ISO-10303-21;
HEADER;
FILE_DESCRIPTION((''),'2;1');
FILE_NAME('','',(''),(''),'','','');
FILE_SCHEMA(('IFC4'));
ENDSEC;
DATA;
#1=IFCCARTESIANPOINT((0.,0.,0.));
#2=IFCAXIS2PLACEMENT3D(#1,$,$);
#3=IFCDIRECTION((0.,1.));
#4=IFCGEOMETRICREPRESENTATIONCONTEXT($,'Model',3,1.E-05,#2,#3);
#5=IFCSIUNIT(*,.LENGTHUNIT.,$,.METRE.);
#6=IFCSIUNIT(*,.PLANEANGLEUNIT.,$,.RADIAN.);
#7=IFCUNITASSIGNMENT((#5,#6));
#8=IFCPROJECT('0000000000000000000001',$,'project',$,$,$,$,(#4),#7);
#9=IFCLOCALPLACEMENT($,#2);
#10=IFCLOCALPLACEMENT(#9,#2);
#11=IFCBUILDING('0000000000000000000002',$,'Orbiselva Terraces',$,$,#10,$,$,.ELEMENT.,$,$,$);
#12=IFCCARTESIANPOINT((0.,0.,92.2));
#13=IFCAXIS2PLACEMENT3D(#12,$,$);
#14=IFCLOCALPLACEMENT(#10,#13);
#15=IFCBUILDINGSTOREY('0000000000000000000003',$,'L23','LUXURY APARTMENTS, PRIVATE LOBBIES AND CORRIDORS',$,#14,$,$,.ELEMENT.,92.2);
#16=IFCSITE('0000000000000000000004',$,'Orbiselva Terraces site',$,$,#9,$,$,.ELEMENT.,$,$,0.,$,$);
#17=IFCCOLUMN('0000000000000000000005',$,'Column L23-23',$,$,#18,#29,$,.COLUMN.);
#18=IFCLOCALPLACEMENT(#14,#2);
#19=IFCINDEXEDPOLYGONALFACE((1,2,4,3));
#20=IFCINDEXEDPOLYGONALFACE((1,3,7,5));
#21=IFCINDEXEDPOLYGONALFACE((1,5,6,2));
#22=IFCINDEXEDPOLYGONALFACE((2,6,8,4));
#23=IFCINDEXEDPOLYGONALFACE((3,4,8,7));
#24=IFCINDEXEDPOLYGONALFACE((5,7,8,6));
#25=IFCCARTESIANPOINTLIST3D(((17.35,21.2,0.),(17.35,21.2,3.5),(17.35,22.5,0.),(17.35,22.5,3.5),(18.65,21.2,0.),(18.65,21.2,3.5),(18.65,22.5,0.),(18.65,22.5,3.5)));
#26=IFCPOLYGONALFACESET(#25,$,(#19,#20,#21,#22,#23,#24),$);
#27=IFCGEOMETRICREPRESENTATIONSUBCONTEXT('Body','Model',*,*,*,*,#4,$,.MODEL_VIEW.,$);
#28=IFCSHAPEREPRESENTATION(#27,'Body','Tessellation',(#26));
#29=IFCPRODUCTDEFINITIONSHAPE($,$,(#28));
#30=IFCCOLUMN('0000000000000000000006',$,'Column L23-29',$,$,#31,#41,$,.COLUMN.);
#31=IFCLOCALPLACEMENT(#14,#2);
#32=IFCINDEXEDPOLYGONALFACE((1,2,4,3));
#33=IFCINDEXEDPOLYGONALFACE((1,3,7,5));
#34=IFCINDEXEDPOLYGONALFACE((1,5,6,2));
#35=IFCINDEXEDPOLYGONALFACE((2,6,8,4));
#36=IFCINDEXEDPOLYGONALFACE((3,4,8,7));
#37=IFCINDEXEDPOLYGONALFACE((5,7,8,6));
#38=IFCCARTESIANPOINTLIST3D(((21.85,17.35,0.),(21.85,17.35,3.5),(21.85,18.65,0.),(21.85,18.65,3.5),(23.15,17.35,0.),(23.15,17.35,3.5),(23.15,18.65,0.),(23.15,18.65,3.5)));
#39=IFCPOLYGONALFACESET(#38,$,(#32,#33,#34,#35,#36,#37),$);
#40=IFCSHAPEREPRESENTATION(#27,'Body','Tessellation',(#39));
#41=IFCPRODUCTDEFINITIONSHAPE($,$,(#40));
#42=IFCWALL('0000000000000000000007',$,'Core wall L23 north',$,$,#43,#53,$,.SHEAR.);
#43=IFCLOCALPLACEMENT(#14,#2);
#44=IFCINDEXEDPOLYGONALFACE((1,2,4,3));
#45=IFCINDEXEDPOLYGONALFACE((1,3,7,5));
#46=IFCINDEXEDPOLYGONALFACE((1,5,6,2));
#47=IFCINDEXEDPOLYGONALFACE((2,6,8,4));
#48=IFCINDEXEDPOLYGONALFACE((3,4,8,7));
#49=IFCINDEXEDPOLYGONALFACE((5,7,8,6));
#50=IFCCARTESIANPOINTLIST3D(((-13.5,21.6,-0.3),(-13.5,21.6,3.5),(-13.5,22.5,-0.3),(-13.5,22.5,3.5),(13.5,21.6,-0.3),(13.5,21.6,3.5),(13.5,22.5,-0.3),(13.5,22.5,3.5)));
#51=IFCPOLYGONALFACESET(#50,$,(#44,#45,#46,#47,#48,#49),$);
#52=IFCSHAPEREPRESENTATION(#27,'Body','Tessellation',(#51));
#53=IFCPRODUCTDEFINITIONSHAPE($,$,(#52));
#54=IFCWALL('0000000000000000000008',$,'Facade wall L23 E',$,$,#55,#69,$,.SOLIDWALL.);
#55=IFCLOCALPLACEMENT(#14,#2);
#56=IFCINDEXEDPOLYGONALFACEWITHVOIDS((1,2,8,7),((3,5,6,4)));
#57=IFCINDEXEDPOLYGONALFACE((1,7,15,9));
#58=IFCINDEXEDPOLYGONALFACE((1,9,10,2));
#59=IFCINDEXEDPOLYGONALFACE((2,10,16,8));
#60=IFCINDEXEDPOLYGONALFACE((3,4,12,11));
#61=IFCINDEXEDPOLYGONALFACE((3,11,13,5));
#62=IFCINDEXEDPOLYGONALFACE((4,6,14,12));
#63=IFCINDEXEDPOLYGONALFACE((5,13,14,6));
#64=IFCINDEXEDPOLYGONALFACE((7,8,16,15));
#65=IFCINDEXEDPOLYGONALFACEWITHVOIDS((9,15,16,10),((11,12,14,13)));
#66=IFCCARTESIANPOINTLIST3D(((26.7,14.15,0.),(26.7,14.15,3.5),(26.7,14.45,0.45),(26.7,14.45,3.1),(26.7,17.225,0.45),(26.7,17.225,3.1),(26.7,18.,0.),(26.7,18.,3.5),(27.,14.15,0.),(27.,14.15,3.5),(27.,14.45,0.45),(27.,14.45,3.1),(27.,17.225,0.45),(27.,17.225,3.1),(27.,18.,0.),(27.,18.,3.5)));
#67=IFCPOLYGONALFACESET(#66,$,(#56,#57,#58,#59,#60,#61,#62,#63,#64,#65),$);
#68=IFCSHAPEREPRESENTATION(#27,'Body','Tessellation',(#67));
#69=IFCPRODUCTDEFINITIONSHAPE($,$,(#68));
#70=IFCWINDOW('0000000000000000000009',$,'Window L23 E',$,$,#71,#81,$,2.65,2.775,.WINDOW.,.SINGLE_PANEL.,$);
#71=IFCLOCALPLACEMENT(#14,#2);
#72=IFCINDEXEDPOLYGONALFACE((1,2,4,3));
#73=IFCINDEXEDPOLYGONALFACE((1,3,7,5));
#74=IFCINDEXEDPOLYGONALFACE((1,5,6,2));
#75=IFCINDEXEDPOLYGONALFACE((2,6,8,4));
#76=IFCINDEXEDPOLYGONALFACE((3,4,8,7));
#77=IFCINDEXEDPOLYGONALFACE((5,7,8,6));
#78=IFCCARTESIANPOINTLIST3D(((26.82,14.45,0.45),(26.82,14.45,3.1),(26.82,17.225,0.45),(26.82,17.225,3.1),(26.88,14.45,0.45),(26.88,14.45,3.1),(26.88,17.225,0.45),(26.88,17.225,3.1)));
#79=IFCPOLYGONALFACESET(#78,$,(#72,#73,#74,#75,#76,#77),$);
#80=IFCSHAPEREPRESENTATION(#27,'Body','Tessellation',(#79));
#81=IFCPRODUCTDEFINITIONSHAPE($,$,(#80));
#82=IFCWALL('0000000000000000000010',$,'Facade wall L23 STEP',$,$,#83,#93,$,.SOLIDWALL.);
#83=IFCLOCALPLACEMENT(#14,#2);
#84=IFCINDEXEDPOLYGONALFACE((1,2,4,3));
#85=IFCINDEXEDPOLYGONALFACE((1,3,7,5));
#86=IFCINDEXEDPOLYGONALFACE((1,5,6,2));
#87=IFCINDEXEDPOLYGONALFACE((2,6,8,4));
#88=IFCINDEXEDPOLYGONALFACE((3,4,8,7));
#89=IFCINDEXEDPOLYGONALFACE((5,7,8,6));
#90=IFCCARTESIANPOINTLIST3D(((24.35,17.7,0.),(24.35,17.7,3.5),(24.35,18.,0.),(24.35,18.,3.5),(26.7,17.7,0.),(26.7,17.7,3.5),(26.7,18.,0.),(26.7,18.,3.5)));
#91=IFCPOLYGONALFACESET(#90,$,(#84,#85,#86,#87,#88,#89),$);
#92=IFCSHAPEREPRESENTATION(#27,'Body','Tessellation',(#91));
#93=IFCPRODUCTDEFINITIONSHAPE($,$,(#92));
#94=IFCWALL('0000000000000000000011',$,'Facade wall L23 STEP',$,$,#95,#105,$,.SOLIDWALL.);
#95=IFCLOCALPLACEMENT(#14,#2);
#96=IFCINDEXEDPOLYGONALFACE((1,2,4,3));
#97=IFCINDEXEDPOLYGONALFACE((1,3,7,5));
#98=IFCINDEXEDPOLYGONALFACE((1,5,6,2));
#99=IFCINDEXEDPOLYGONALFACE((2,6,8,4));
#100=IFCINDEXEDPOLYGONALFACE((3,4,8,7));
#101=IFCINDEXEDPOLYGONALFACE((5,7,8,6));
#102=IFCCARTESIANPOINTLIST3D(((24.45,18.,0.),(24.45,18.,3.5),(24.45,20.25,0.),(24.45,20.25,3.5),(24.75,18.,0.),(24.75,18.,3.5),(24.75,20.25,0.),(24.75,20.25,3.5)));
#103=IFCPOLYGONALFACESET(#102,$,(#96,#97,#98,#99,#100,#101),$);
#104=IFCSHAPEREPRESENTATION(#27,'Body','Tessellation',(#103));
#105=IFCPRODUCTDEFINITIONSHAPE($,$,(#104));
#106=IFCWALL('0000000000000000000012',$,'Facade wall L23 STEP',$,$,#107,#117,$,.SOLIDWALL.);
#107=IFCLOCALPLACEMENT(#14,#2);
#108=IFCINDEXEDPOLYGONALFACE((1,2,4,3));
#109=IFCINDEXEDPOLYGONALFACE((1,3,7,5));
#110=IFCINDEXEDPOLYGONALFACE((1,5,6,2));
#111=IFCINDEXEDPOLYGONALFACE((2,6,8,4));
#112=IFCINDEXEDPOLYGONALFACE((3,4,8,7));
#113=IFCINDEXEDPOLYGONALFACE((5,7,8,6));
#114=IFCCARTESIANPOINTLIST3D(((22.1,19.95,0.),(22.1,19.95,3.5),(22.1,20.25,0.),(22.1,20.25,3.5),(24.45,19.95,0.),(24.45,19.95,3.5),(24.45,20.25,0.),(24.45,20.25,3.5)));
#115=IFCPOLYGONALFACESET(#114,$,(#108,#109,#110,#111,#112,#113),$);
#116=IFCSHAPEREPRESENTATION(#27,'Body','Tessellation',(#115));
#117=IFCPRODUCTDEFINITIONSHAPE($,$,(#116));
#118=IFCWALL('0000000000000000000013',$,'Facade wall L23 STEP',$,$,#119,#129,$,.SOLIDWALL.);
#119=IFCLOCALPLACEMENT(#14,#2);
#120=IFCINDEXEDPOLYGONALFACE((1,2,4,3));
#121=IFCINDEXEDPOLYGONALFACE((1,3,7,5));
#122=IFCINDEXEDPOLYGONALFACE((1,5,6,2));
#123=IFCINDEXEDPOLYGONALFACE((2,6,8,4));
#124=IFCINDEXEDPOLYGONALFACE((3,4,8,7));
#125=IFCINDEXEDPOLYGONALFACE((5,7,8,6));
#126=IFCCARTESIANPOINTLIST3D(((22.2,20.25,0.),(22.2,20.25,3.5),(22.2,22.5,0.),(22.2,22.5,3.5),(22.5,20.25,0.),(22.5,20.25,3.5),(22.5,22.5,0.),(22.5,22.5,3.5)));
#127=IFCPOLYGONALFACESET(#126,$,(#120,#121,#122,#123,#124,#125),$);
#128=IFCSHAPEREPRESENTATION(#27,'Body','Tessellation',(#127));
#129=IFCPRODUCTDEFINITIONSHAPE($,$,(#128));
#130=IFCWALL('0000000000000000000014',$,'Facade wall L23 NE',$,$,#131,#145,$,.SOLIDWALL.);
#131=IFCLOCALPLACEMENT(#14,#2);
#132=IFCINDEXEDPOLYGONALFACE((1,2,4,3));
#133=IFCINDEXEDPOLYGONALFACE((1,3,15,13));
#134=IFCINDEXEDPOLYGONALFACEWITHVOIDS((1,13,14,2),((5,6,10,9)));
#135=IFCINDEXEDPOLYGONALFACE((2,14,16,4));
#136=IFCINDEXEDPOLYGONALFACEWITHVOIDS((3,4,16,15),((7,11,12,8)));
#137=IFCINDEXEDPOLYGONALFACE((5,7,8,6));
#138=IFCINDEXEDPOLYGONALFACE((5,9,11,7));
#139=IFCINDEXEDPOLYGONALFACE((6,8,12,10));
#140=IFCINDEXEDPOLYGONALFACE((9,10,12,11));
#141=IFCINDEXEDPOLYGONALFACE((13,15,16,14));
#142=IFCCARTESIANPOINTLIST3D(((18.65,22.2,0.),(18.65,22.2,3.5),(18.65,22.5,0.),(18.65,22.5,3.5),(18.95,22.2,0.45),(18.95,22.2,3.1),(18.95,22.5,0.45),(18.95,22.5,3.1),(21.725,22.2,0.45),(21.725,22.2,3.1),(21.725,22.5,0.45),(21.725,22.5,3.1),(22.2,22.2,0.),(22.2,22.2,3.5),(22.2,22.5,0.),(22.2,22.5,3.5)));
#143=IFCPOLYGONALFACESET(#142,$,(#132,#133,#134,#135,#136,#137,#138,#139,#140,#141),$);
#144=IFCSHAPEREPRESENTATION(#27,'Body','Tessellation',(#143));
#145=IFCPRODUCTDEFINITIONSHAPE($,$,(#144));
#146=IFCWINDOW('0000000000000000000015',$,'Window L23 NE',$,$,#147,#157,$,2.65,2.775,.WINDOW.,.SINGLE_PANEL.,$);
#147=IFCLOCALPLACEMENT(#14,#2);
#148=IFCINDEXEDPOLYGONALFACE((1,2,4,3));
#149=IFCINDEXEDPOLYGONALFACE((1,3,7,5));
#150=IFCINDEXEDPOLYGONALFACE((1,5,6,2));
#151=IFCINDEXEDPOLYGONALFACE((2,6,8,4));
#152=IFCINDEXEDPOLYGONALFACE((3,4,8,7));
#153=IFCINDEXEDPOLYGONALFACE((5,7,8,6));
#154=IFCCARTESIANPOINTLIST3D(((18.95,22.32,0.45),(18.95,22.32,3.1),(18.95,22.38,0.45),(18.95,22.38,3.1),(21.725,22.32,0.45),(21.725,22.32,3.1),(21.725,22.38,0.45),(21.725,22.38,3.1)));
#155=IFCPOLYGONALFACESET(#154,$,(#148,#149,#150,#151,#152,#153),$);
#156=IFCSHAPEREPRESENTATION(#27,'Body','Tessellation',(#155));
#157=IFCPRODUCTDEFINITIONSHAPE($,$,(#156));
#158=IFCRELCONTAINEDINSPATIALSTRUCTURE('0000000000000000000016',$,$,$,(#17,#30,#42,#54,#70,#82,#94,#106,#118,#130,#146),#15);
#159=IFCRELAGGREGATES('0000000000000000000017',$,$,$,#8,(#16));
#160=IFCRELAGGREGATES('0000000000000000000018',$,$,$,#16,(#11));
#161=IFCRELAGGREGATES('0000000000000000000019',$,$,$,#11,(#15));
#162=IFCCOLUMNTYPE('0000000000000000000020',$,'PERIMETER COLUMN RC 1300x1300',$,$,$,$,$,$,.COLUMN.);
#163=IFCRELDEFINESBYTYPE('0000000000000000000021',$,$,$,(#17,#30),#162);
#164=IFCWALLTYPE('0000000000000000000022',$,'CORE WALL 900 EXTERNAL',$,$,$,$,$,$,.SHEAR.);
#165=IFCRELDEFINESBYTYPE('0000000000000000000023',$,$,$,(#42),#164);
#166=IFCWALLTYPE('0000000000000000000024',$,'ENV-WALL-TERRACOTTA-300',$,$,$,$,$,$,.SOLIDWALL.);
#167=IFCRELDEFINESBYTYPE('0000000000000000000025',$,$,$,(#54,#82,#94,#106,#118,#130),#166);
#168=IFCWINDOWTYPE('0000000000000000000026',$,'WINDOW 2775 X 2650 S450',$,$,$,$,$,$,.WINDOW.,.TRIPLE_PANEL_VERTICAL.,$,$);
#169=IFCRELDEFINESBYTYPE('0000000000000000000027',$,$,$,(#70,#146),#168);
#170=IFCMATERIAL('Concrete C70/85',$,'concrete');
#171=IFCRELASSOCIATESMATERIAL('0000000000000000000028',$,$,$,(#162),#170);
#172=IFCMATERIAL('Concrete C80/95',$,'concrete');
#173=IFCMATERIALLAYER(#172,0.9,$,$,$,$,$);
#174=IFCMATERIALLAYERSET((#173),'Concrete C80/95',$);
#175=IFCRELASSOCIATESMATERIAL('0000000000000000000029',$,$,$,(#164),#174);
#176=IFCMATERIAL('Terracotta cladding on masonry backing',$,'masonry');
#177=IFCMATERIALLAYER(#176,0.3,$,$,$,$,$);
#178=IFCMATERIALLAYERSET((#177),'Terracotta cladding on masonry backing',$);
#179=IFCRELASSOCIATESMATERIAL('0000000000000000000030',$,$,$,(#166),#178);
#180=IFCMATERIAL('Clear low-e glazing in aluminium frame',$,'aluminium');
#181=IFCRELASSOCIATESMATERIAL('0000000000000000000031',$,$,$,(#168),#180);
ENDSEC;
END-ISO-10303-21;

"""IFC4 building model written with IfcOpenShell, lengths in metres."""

from ifc_helpers import new_model, si_unit, direction, frame, frame_2d, origin, origin_2d, place, context, subcontext, project, spatial, rectangle, extrude, material, layer, layer_set, material_profile, profile_set, type_object, element, fill, save


model = new_model("IFC4")

# Units and contexts
model_context = context("Model", 3, precision=1e-05, world=origin(), true_north=direction((0.0, 1.0)))
body_context = subcontext(model_context, "Body", "Model", "MODEL_VIEW")
ifc_project = project(units=[si_unit("LENGTHUNIT", "METRE"), si_unit("PLANEANGLEUNIT", "RADIAN")], contexts=[model_context])

# Site, building, storey
site_placement = place(None, origin())
site = spatial("IfcSite", under=ifc_project, at=site_placement, Name="Orbiselva Terraces site", CompositionType="ELEMENT", RefElevation=0.0)
building_placement = place(site_placement, origin())
building = spatial("IfcBuilding", under=site, at=building_placement, Name="Orbiselva Terraces", CompositionType="ELEMENT")
storey_placement = place(building_placement, frame((0.0, 0.0, 92.2)))
storey = spatial("IfcBuildingStorey", under=building, at=storey_placement, Name="L23", Description="LUXURY APARTMENTS, PRIVATE LOBBIES AND CORRIDORS", CompositionType="ELEMENT", Elevation=92.2)

# Columns
ifc_material_1 = material(Name="Concrete C70/85", Category="concrete")
ifc_material_profile = material_profile(ifc_material_1, rectangle(XDim=1.3, YDim=1.3, at=origin_2d()), Name="RC 1300x1300")
ifc_profile_set = profile_set([ifc_material_profile], Name="Concrete C70/85")
column_type = type_object("IfcColumnType", Name="PERIMETER COLUMN RC 1300x1300", PredefinedType="COLUMN", material=ifc_profile_set)
for number, where, z_axis, x_axis, name in (
    (1, (18.0, 21.85, 0.0), (0.0, 0.0, 1.0), (1.0, 0.0, 0.0), "Column L23-23"),
    (2, (22.5, 18.0, 0.0), (0.0, 0.0, 1.0), (1.0, 0.0, 0.0), "Column L23-29"),
):
    element("IfcColumn", number, at=place(storey_placement, frame(where, z_axis=z_axis, x_axis=x_axis)), inside=storey, type_object=column_type, Name=name, PredefinedType="COLUMN", context=body_context, shape_type="SweptSolid", body=[
        extrude(rectangle(XDim=1.3, YDim=1.3, at=origin_2d()), origin(), (0.0, 0.0, 1.0), 3.5),
    ])

# Wall
ifc_material_2 = material(Name="Concrete C80/95", Category="concrete")
ifc_layer_1 = layer(ifc_material_2, 0.9)
ifc_layer_set_1 = layer_set([ifc_layer_1], Name="Concrete C80/95")
wall_type_1 = type_object("IfcWallType", Name="CORE WALL 900 EXTERNAL", PredefinedType="SHEAR", material=ifc_layer_set_1)
wall_1_placement = place(storey_placement, frame((13.5, 22.05, -0.3), z_axis=(0.0, 0.0, 1.0), x_axis=(-1.0, 0.0, 0.0)))
element("IfcWall", 3, at=wall_1_placement, inside=storey, type_object=wall_type_1, Name="Core wall L23 north", PredefinedType="SHEAR", context=body_context, shape_type="SweptSolid", body=[
    extrude(rectangle(XDim=27.0, YDim=0.9, at=frame_2d((13.5, 0.0))), origin(), (0.0, 0.0, 1.0), 3.8),
])

# Wall, opening, window
ifc_material_3 = material(Name="Terracotta cladding on masonry backing", Category="masonry")
ifc_layer_2 = layer(ifc_material_3, 0.3)
ifc_layer_set_2 = layer_set([ifc_layer_2], Name="Terracotta cladding on masonry backing")
wall_type_2 = type_object("IfcWallType", Name="ENV-WALL-TERRACOTTA-300", PredefinedType="SOLIDWALL", material=ifc_layer_set_2)
wall_2_placement = place(storey_placement, frame((26.85, 18.0, 0.0), z_axis=(0.0, 0.0, 1.0), x_axis=(0.0, -1.0, 0.0)))
wall_2 = element("IfcWall", 4, at=wall_2_placement, inside=storey, type_object=wall_type_2, Name="Facade wall L23 E", PredefinedType="SOLIDWALL", context=body_context, shape_type="SweptSolid", body=[
    extrude(rectangle(XDim=3.85, YDim=0.3, at=frame_2d((1.925, 0.0))), origin(), (0.0, 0.0, 1.0), 3.5),
])
opening_1_placement = place(wall_2_placement, frame((0.775, 0.0, 0.45)))
opening_1 = element("IfcOpeningElement", 5, at=opening_1_placement, cuts=wall_2, PredefinedType="OPENING", context=body_context, shape_type="SweptSolid", body=[
    extrude(rectangle(XDim=2.775, YDim=2.65, at=frame_2d((1.3875, 1.325))), frame((0.0, 0.16, 0.0), z_axis=(0.0, -1.0, 0.0), x_axis=(1.0, 0.0, 0.0)), (0.0, 0.0, 1.0), 0.32),
])
ifc_material_4 = material(Name="Clear low-e glazing in aluminium frame", Category="aluminium")
window_type = type_object("IfcWindowType", Name="WINDOW 2775 X 2650 S450", PartitioningType="TRIPLE_PANEL_VERTICAL", PredefinedType="WINDOW", material=ifc_material_4)
window_1_placement = place(opening_1_placement, origin())
window_1 = element("IfcWindow", 6, at=window_1_placement, inside=storey, type_object=window_type, Name="Window L23 E", OverallHeight=2.65, OverallWidth=2.775, PartitioningType="SINGLE_PANEL", PredefinedType="WINDOW", context=body_context, shape_type="SweptSolid", body=[
    extrude(rectangle(XDim=2.775, YDim=2.65, at=frame_2d((1.3875, 1.325))), frame((0.0, 0.03, 0.0), z_axis=(0.0, -1.0, 0.0), x_axis=(1.0, 0.0, 0.0)), (0.0, 0.0, 1.0), 0.06),
])
fill(opening_1, window_1)

# Walls
wall_3_placement = place(storey_placement, frame((24.35, 17.85, 0.0), z_axis=(0.0, 0.0, 1.0), x_axis=(1.0, 0.0, 0.0)))
element("IfcWall", 7, at=wall_3_placement, inside=storey, type_object=wall_type_2, Name="Facade wall L23 STEP", PredefinedType="SOLIDWALL", context=body_context, shape_type="SweptSolid", body=[
    extrude(rectangle(XDim=2.35, YDim=0.3, at=frame_2d((1.175, 0.0))), origin(), (0.0, 0.0, 1.0), 3.5),
])
wall_4_placement = place(storey_placement, frame((24.6, 20.25, 0.0), z_axis=(0.0, 0.0, 1.0), x_axis=(0.0, -1.0, 0.0)))
element("IfcWall", 8, at=wall_4_placement, inside=storey, type_object=wall_type_2, Name="Facade wall L23 STEP", PredefinedType="SOLIDWALL", context=body_context, shape_type="SweptSolid", body=[
    extrude(rectangle(XDim=2.25, YDim=0.3, at=frame_2d((1.125, 0.0))), origin(), (0.0, 0.0, 1.0), 3.5),
])
wall_5_placement = place(storey_placement, frame((22.1, 20.1, 0.0), z_axis=(0.0, 0.0, 1.0), x_axis=(1.0, 0.0, 0.0)))
element("IfcWall", 9, at=wall_5_placement, inside=storey, type_object=wall_type_2, Name="Facade wall L23 STEP", PredefinedType="SOLIDWALL", context=body_context, shape_type="SweptSolid", body=[
    extrude(rectangle(XDim=2.35, YDim=0.3, at=frame_2d((1.175, 0.0))), origin(), (0.0, 0.0, 1.0), 3.5),
])
wall_6_placement = place(storey_placement, frame((22.35, 22.5, 0.0), z_axis=(0.0, 0.0, 1.0), x_axis=(0.0, -1.0, 0.0)))
element("IfcWall", 10, at=wall_6_placement, inside=storey, type_object=wall_type_2, Name="Facade wall L23 STEP", PredefinedType="SOLIDWALL", context=body_context, shape_type="SweptSolid", body=[
    extrude(rectangle(XDim=2.25, YDim=0.3, at=frame_2d((1.125, 0.0))), origin(), (0.0, 0.0, 1.0), 3.5),
])

# Wall, opening, window
wall_7_placement = place(storey_placement, frame((18.65, 22.35, 0.0), z_axis=(0.0, 0.0, 1.0), x_axis=(1.0, 0.0, 0.0)))
wall_7 = element("IfcWall", 11, at=wall_7_placement, inside=storey, type_object=wall_type_2, Name="Facade wall L23 NE", PredefinedType="SOLIDWALL", context=body_context, shape_type="SweptSolid", body=[
    extrude(rectangle(XDim=3.55, YDim=0.3, at=frame_2d((1.775, 0.0))), origin(), (0.0, 0.0, 1.0), 3.5),
])
opening_2_placement = place(wall_7_placement, frame((0.3, 0.0, 0.45)))
opening_2 = element("IfcOpeningElement", 12, at=opening_2_placement, cuts=wall_7, PredefinedType="OPENING", context=body_context, shape_type="SweptSolid", body=[
    extrude(rectangle(XDim=2.775, YDim=2.65, at=frame_2d((1.3875, 1.325))), frame((0.0, 0.16, 0.0), z_axis=(0.0, -1.0, 0.0), x_axis=(1.0, 0.0, 0.0)), (0.0, 0.0, 1.0), 0.32),
])
window_2_placement = place(opening_2_placement, origin())
window_2 = element("IfcWindow", 13, at=window_2_placement, inside=storey, type_object=window_type, Name="Window L23 NE", OverallHeight=2.65, OverallWidth=2.775, PartitioningType="SINGLE_PANEL", PredefinedType="WINDOW", context=body_context, shape_type="SweptSolid", body=[
    extrude(rectangle(XDim=2.775, YDim=2.65, at=frame_2d((1.3875, 1.325))), frame((0.0, 0.03, 0.0), z_axis=(0.0, -1.0, 0.0), x_axis=(1.0, 0.0, 0.0)), (0.0, 0.0, 1.0), 0.06),
])
fill(opening_2, window_2)

save(model, "model.ifc")
